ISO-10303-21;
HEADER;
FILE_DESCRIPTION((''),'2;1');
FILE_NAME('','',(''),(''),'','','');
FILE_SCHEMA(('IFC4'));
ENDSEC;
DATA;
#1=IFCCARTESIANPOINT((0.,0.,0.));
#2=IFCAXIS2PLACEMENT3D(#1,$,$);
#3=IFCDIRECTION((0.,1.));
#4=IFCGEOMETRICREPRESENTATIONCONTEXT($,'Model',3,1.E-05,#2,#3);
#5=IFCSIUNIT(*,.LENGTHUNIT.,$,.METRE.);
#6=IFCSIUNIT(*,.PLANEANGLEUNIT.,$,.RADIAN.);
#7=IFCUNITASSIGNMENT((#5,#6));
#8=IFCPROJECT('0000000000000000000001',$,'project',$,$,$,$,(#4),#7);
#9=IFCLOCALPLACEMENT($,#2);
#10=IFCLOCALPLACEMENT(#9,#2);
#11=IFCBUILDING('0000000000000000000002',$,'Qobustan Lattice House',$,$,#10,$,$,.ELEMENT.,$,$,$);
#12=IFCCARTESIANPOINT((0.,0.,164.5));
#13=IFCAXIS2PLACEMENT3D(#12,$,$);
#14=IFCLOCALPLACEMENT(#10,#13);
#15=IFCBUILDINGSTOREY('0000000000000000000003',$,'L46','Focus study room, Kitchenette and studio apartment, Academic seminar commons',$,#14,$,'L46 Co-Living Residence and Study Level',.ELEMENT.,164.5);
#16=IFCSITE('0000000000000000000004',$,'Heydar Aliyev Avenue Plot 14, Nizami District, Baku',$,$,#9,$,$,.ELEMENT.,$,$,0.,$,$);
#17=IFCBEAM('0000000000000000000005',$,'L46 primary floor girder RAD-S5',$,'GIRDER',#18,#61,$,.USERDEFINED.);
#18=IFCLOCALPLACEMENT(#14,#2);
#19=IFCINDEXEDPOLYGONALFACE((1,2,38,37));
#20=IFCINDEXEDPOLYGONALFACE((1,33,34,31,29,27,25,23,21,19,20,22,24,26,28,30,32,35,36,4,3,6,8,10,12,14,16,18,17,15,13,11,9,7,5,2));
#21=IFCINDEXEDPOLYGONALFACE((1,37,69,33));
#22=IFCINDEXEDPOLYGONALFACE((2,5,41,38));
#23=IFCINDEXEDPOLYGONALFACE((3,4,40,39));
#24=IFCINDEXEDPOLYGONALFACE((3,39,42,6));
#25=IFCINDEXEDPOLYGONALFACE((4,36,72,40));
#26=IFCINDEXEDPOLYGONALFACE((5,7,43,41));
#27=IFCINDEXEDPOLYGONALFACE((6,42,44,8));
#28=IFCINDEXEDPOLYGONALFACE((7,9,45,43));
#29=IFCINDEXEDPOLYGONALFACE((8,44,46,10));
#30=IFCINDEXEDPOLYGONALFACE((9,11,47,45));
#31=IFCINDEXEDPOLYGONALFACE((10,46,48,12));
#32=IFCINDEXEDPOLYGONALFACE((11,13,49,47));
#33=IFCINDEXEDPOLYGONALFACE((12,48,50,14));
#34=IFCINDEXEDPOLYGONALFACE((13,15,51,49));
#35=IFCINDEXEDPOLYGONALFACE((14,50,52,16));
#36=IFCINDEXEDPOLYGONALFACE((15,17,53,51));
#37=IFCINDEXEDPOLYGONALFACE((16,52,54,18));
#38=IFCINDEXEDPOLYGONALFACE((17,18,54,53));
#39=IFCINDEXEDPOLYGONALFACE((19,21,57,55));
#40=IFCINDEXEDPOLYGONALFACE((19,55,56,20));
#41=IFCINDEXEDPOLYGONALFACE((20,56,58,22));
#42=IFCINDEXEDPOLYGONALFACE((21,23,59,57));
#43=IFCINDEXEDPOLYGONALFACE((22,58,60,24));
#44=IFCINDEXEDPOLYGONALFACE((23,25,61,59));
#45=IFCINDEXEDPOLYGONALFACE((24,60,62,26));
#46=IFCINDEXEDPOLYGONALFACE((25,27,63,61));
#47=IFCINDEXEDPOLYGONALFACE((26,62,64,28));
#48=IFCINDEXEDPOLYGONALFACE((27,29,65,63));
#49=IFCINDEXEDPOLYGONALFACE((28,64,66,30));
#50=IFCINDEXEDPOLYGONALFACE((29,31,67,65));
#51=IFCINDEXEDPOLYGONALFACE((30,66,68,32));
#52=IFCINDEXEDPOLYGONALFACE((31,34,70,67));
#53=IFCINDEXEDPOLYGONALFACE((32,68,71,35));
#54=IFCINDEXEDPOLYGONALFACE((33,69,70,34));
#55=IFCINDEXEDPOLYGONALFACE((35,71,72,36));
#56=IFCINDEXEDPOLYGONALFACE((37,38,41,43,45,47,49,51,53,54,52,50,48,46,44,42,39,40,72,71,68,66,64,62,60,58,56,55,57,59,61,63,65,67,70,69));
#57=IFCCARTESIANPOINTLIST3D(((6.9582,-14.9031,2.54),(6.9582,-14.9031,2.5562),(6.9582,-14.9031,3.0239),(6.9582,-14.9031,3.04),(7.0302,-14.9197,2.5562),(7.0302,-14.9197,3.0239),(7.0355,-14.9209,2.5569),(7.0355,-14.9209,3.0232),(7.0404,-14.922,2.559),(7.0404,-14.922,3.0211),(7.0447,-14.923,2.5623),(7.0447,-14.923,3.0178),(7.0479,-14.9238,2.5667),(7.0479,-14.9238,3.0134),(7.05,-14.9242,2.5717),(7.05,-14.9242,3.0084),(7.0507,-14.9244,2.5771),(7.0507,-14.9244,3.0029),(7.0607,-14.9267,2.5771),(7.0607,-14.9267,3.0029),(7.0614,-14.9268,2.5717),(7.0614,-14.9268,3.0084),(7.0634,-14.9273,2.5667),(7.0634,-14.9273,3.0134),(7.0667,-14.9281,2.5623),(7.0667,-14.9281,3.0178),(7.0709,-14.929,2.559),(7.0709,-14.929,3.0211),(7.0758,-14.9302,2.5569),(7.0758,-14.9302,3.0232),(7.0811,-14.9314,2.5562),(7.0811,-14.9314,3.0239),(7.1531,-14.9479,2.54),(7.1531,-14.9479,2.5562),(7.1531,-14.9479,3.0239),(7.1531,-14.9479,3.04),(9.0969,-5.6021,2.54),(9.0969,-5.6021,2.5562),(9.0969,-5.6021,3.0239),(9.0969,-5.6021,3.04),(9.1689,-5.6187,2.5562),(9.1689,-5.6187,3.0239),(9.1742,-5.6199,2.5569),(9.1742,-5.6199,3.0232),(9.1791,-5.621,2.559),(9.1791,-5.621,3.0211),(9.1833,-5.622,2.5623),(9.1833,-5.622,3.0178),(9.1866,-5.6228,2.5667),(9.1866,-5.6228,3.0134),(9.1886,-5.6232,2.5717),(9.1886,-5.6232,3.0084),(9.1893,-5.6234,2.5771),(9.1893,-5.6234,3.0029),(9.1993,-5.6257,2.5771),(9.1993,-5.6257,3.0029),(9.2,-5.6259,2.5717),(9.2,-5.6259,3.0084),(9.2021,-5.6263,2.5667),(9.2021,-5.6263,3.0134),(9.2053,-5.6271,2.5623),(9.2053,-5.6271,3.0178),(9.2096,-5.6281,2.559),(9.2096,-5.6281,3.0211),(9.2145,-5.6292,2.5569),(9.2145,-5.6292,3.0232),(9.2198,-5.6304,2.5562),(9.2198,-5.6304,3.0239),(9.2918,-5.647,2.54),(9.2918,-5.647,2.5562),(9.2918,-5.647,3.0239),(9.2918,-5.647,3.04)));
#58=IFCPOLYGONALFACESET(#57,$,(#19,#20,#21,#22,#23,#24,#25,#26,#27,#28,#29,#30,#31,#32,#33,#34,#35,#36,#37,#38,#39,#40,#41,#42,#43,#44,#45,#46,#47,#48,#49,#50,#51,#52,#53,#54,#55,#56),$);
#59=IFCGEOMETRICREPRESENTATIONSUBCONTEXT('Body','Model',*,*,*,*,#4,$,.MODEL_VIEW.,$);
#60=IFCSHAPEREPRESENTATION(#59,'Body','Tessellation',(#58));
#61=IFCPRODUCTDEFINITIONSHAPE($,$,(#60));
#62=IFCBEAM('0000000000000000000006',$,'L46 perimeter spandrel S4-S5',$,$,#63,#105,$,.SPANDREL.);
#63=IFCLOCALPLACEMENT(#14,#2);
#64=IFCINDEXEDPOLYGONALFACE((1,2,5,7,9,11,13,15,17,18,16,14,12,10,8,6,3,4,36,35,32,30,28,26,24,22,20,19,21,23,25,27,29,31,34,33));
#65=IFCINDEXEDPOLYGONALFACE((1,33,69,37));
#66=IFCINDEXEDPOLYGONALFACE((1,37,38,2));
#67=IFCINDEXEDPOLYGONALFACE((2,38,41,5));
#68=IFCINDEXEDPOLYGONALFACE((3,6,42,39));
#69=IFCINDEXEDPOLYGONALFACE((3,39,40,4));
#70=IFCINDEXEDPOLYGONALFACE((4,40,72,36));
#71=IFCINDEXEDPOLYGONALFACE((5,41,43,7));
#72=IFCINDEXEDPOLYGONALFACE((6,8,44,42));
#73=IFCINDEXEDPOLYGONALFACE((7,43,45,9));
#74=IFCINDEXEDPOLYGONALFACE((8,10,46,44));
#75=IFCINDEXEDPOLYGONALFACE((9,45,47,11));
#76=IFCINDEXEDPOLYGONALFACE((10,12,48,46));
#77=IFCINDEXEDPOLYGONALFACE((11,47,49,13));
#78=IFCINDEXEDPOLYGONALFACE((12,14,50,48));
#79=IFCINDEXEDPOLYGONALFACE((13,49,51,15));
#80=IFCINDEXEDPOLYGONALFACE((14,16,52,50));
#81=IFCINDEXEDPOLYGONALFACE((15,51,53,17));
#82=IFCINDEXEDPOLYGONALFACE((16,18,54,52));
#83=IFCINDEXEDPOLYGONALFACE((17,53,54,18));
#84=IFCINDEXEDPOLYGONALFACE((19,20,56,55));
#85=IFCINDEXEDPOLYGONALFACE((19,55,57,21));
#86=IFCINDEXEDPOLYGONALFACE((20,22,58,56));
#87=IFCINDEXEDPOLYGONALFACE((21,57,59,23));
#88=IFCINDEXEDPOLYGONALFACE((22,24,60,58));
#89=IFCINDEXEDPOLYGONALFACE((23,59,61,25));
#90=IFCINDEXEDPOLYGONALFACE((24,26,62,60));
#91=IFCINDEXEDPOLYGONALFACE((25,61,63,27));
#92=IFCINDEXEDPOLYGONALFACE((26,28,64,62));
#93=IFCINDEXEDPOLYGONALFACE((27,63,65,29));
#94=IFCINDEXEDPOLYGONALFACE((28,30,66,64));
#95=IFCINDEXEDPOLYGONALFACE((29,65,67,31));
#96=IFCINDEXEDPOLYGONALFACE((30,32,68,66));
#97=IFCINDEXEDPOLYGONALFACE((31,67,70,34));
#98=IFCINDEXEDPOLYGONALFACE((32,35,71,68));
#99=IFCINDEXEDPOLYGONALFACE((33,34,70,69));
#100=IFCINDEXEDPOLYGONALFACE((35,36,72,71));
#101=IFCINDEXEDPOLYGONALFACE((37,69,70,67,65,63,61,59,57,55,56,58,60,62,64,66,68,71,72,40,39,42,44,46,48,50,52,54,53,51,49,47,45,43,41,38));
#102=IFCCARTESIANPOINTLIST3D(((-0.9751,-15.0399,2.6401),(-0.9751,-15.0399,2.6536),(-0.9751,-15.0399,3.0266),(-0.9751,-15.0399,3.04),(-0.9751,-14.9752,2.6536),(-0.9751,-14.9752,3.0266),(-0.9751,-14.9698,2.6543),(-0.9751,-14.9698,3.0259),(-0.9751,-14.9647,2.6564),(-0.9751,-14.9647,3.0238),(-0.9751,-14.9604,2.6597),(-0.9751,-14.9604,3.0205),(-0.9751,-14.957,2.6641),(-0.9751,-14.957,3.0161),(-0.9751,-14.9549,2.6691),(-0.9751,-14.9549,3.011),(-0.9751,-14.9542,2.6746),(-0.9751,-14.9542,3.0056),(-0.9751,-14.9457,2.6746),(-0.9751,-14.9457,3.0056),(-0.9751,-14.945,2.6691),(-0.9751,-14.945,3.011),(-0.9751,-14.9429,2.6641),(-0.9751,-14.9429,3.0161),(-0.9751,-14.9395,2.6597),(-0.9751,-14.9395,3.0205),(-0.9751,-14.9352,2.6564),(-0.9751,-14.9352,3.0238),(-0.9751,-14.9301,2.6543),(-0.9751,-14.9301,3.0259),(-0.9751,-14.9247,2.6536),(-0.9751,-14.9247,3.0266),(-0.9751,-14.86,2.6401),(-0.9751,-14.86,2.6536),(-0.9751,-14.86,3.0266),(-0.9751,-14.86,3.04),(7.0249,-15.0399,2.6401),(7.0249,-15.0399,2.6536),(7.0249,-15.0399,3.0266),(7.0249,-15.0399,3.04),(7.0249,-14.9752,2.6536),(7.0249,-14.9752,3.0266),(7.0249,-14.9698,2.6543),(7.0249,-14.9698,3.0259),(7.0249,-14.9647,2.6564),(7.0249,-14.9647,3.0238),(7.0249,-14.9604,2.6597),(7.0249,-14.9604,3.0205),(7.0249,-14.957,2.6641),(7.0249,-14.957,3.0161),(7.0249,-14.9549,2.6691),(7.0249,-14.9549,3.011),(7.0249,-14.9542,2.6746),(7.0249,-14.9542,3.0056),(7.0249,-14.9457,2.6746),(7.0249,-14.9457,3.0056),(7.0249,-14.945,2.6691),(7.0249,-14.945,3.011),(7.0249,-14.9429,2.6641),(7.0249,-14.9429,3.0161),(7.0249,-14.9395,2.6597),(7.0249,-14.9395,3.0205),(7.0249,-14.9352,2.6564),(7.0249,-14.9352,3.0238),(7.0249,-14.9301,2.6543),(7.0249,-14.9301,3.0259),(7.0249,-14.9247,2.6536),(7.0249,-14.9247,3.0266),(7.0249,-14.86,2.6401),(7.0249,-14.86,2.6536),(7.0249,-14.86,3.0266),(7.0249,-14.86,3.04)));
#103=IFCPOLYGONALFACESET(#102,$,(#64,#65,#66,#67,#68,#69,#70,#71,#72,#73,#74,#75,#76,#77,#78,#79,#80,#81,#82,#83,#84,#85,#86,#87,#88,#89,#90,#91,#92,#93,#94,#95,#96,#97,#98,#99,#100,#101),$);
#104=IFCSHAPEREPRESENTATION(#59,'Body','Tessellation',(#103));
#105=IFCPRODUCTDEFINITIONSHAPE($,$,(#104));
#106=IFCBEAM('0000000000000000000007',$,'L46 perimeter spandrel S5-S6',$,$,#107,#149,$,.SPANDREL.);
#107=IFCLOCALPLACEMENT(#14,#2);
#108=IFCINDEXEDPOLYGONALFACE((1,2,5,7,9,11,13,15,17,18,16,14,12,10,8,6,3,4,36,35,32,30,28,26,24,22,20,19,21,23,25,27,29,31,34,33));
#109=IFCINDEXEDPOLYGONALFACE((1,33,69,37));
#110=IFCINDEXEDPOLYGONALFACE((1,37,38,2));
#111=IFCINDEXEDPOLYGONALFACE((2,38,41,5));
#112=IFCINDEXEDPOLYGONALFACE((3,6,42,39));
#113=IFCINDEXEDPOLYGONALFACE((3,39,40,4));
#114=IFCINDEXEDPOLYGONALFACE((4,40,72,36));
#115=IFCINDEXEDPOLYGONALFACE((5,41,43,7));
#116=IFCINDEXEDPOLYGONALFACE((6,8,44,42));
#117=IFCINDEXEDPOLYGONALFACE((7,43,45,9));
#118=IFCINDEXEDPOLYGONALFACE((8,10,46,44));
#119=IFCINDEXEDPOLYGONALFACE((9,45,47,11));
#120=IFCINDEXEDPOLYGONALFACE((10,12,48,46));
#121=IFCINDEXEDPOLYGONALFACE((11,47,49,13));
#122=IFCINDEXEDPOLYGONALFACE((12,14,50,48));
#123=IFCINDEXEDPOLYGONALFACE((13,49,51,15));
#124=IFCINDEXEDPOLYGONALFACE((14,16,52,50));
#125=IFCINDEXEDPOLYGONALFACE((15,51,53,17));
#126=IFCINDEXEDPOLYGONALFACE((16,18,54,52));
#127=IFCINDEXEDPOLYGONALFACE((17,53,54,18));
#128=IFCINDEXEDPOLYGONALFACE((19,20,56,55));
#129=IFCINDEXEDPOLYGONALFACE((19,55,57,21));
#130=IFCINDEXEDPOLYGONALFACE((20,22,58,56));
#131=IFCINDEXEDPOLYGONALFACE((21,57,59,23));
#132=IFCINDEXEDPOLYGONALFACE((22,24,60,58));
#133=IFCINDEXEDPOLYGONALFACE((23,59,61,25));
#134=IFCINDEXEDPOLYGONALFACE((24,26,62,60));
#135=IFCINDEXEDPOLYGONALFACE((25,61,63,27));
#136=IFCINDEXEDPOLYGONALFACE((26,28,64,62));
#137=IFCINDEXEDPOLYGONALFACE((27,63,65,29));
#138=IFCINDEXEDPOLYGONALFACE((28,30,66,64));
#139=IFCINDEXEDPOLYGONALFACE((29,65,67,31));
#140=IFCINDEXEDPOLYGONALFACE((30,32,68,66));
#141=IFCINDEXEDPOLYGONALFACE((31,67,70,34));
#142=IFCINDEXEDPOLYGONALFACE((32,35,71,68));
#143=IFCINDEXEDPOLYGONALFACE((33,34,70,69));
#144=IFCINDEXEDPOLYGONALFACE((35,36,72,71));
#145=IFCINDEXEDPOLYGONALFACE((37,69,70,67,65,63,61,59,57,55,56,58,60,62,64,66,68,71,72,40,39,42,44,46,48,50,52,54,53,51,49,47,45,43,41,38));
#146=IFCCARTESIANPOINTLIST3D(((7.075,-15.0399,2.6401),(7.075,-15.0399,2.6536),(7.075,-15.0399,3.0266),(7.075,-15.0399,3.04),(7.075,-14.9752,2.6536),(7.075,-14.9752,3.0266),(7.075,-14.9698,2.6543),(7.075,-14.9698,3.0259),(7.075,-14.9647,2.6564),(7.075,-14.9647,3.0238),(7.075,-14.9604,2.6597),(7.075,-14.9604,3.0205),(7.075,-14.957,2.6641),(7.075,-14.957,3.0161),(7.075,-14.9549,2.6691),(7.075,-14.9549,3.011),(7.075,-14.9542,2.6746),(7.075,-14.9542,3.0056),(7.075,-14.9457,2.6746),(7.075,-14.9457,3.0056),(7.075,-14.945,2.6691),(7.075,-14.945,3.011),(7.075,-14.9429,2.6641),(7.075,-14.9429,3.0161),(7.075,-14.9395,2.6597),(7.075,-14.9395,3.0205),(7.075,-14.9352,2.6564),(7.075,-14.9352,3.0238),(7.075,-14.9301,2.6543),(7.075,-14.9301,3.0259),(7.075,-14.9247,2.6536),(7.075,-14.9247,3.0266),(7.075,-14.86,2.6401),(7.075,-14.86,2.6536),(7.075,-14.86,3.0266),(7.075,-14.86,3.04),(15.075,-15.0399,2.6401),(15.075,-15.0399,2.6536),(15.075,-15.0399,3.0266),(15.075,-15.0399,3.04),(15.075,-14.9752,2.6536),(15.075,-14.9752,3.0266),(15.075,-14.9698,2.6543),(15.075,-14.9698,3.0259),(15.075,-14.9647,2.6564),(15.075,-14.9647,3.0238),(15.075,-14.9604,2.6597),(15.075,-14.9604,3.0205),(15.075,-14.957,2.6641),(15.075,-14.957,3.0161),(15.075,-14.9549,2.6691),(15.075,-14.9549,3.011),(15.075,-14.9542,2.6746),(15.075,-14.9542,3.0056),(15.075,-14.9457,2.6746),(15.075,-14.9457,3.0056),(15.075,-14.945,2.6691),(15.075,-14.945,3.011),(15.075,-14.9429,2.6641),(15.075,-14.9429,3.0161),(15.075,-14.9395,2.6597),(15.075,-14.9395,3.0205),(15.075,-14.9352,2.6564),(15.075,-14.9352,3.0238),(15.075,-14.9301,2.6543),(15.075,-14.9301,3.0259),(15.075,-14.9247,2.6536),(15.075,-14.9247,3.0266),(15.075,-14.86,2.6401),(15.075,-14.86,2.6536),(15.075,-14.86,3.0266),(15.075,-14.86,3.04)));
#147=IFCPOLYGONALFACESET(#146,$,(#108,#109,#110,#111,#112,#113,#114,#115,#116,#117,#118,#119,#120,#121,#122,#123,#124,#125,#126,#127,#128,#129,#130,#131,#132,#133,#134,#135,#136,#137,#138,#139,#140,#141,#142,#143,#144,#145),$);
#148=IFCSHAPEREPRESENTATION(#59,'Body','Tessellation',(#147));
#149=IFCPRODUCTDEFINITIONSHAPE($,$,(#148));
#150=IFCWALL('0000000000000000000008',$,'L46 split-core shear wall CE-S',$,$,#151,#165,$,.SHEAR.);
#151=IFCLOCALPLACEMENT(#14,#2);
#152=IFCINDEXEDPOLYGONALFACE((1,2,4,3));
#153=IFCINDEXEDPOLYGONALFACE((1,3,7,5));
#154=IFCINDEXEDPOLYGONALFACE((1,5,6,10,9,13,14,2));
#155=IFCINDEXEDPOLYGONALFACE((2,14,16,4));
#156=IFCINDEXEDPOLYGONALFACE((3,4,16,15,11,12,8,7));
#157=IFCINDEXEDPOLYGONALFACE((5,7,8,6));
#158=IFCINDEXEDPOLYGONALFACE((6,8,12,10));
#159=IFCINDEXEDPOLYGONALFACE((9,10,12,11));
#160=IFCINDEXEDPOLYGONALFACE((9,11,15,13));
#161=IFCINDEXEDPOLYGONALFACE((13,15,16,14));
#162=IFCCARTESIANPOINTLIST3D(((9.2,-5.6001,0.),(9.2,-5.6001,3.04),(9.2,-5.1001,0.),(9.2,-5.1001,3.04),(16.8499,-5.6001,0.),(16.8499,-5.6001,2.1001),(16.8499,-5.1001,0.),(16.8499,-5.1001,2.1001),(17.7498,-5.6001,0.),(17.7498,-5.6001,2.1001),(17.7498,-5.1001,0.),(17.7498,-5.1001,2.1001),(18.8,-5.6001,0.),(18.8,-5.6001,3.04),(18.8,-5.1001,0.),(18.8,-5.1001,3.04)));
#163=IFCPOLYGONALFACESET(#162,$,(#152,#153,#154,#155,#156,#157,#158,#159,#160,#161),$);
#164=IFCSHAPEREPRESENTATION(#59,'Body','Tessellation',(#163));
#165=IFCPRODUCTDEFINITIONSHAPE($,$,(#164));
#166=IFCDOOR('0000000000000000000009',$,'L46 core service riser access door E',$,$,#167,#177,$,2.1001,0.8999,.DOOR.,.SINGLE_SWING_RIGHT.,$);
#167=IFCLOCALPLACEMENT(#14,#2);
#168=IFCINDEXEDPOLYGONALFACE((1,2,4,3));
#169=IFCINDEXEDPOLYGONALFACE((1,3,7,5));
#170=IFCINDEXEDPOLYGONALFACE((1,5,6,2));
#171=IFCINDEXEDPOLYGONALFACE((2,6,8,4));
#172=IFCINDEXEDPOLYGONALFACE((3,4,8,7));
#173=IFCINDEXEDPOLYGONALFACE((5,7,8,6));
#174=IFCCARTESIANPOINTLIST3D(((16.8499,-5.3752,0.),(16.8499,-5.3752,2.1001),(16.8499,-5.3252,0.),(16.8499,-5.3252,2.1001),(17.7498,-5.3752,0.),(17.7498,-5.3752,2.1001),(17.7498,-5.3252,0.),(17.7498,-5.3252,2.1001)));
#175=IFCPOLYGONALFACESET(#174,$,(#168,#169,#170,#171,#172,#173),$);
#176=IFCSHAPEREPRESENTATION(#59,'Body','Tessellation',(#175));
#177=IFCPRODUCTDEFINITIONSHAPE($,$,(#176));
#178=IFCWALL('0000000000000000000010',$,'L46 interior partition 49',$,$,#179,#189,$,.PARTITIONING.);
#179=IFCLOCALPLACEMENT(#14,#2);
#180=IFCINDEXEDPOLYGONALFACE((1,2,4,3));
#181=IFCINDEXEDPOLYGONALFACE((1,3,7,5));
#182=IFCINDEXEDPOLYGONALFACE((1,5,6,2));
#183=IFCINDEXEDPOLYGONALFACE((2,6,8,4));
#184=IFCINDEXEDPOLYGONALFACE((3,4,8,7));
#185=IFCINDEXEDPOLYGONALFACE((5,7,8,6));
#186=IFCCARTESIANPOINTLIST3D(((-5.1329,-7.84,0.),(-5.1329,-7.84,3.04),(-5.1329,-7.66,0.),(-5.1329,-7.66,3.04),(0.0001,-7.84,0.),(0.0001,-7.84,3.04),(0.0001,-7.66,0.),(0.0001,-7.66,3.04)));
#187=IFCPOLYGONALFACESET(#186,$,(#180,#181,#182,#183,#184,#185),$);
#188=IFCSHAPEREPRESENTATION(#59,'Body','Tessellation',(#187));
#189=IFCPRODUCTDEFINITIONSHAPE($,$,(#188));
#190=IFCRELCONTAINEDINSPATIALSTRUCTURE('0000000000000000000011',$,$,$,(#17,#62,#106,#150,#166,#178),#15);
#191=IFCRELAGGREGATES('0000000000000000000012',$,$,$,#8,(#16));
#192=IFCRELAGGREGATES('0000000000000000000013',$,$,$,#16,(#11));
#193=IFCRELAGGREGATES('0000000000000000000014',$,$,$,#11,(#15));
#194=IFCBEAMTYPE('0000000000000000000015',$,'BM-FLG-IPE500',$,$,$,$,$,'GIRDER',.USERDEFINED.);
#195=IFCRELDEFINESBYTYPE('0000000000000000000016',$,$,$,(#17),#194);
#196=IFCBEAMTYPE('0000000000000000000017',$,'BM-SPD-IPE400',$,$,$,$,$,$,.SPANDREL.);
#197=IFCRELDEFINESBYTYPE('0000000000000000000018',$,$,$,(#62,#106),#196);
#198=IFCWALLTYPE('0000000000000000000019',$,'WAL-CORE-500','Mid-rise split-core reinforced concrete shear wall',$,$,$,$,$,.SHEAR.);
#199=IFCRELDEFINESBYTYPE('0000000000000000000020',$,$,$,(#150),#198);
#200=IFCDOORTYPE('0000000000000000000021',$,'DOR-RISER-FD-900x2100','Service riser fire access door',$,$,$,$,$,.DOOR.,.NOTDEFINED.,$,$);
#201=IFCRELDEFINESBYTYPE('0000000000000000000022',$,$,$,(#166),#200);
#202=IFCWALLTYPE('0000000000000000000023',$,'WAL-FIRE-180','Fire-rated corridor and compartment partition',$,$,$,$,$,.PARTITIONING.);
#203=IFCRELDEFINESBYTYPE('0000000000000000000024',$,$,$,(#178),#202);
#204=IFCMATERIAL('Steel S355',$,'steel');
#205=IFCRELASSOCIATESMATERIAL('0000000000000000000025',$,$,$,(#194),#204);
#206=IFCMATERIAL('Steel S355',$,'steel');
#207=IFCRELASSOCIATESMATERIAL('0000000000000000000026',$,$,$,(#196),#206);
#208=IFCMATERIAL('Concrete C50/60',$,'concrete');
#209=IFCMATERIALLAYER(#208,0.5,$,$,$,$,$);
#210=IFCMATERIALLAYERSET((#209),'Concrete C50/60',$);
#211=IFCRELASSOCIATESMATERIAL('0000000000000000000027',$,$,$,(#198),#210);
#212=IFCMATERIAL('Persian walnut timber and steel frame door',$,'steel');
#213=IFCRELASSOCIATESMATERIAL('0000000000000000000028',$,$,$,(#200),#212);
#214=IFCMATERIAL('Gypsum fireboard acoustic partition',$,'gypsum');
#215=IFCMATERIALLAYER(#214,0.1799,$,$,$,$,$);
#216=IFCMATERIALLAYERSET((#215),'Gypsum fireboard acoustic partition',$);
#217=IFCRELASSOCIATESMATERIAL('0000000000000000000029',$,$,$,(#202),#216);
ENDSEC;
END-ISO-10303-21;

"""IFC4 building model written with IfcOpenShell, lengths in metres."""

from ifc_helpers import new_model, si_unit, direction, frame, frame_2d, origin, origin_2d, place, context, subcontext, project, spatial, rectangle, i_section, extrude, material, layer, layer_set, material_profile, profile_set, type_object, element, fill, save


model = new_model("IFC4")

# Units and contexts
model_context = context("Model", 3, precision=1e-05, world=origin(), true_north=direction((0.0, 1.0)))
body_context = subcontext(model_context, "Body", "Model", "MODEL_VIEW")
ifc_project = project(units=[si_unit("LENGTHUNIT", "METRE"), si_unit("PLANEANGLEUNIT", "RADIAN")], contexts=[model_context])

# Site, building, storey
site_placement = place(None, origin())
site = spatial("IfcSite", under=ifc_project, at=site_placement, Name="Heydar Aliyev Avenue Plot 14, Nizami District, Baku", CompositionType="ELEMENT", RefElevation=0.0)
building_placement = place(site_placement, origin())
building = spatial("IfcBuilding", under=site, at=building_placement, Name="Qobustan Lattice House", CompositionType="ELEMENT")
storey_placement = place(building_placement, frame((0.0, 0.0, 164.5)))
storey = spatial("IfcBuildingStorey", under=building, at=storey_placement, Name="L46", Description="Focus study room, Kitchenette and studio apartment, Academic seminar commons", LongName="L46 Co-Living Residence and Study Level", CompositionType="ELEMENT", Elevation=164.5)

# Beams
ifc_material_1 = material(Name="Steel S355", Category="steel")
ifc_material_profile_1 = material_profile(ifc_material_1, i_section(OverallWidth=0.2, OverallDepth=0.5, WebThickness=0.0103, FlangeThickness=0.0161, FilletRadius=0.021, at=origin_2d()), Name="IPE500")
ifc_profile_set_1 = profile_set([ifc_material_profile_1], Name="Steel S355")
beam_type_1 = type_object("IfcBeamType", Name="BM-FLG-IPE500", ElementType="GIRDER", PredefinedType="USERDEFINED", material=ifc_profile_set_1)
beam_1_placement = place(storey_placement, frame((7.0557, -14.9255, 2.79), z_axis=(0.224092, 0.974568, 0.0), x_axis=(-0.974568, 0.224092, 0.0)))
element("IfcBeam", 1, at=beam_1_placement, inside=storey, type_object=beam_type_1, Name="L46 primary floor girder RAD-S5", ObjectType="GIRDER", PredefinedType="USERDEFINED", context=body_context, shape_type="SweptSolid", body=[
    extrude(i_section(OverallWidth=0.2, OverallDepth=0.5, WebThickness=0.0103, FlangeThickness=0.0161, FilletRadius=0.021, at=origin_2d()), origin(), (0.0, 0.0, 1.0), 9.5437),
])
ifc_material_2 = material(Name="Steel S355", Category="steel")
ifc_material_profile_2 = material_profile(ifc_material_2, i_section(OverallWidth=0.1799, OverallDepth=0.3999, WebThickness=0.0085, FlangeThickness=0.0134, FilletRadius=0.021, at=origin_2d()), Name="IPE400")
ifc_profile_set_2 = profile_set([ifc_material_profile_2], Name="Steel S355")
beam_type_2 = type_object("IfcBeamType", Name="BM-SPD-IPE400", PredefinedType="SPANDREL", material=ifc_profile_set_2)
for number, where, z_axis, x_axis, name in (
    (2, (-0.9751, -14.95, 2.8401), (1.0, 0.0, 0.0), (0.0, 1.0, 0.0), "L46 perimeter spandrel S4-S5"),
    (3, (7.075, -14.95, 2.8401), (1.0, 0.0, 0.0), (0.0, 1.0, 0.0), "L46 perimeter spandrel S5-S6"),
):
    element("IfcBeam", number, at=place(storey_placement, frame(where, z_axis=z_axis, x_axis=x_axis)), inside=storey, type_object=beam_type_2, Name=name, PredefinedType="SPANDREL", context=body_context, shape_type="SweptSolid", body=[
        extrude(i_section(OverallWidth=0.1799, OverallDepth=0.3999, WebThickness=0.0085, FlangeThickness=0.0134, FilletRadius=0.021, at=origin_2d()), origin(), (0.0, 0.0, 1.0), 8.0),
    ])

# Wall, opening, door
ifc_material_3 = material(Name="Concrete C50/60", Category="concrete")
ifc_layer_1 = layer(ifc_material_3, 0.5)
ifc_layer_set_1 = layer_set([ifc_layer_1], Name="Concrete C50/60")
wall_type_1 = type_object("IfcWallType", Name="WAL-CORE-500", Description="Mid-rise split-core reinforced concrete shear wall", PredefinedType="SHEAR", material=ifc_layer_set_1)
wall_1_placement = place(storey_placement, frame((9.2, -5.3501, 0.0), z_axis=(0.0, 0.0, 1.0), x_axis=(1.0, 0.0, 0.0)))
wall_1 = element("IfcWall", 4, at=wall_1_placement, inside=storey, type_object=wall_type_1, Name="L46 split-core shear wall CE-S", PredefinedType="SHEAR", context=body_context, shape_type="SweptSolid", body=[
    extrude(rectangle(XDim=9.6001, YDim=0.5, at=frame_2d((4.8, 0.0))), origin(), (0.0, 0.0, 1.0), 3.04),
])
opening_1_placement = place(wall_1_placement, frame((7.6499, 0.0, 0.0)))
opening_1 = element("IfcOpeningElement", 5, at=opening_1_placement, cuts=wall_1, PredefinedType="OPENING", context=body_context, shape_type="SweptSolid", body=[
    extrude(rectangle(XDim=0.8999, YDim=2.1001, at=frame_2d((0.45, 1.05))), frame((0.0, 0.26, 0.0), z_axis=(0.0, -1.0, 0.0), x_axis=(1.0, 0.0, 0.0)), (0.0, 0.0, 1.0), 0.52),
])
ifc_material_4 = material(Name="Persian walnut timber and steel frame door", Category="steel")
door_type_1 = type_object("IfcDoorType", Name="DOR-RISER-FD-900x2100", Description="Service riser fire access door", OperationType="NOTDEFINED", PredefinedType="DOOR", material=ifc_material_4)
door_1_placement = place(opening_1_placement, origin())
door_1 = element("IfcDoor", 6, at=door_1_placement, inside=storey, type_object=door_type_1, Name="L46 core service riser access door E", OperationType="SINGLE_SWING_RIGHT", OverallHeight=2.1001, OverallWidth=0.8999, PredefinedType="DOOR", context=body_context, shape_type="SweptSolid", body=[
    extrude(rectangle(XDim=0.8999, YDim=2.1001, at=frame_2d((0.45, 1.05))), frame((0.0, 0.0249, 0.0), z_axis=(0.0, -1.0, 0.0), x_axis=(1.0, 0.0, 0.0)), (0.0, 0.0, 1.0), 0.05),
])
fill(opening_1, door_1)

# Wall
ifc_material_5 = material(Name="Gypsum fireboard acoustic partition", Category="gypsum")
ifc_layer_2 = layer(ifc_material_5, 0.1799)
ifc_layer_set_2 = layer_set([ifc_layer_2], Name="Gypsum fireboard acoustic partition")
wall_type_2 = type_object("IfcWallType", Name="WAL-FIRE-180", Description="Fire-rated corridor and compartment partition", PredefinedType="PARTITIONING", material=ifc_layer_set_2)
wall_2_placement = place(storey_placement, frame((0.0, -7.75, 0.0), z_axis=(0.0, 0.0, 1.0), x_axis=(-1.0, 0.0, 0.0)))
element("IfcWall", 7, at=wall_2_placement, inside=storey, type_object=wall_type_2, Name="L46 interior partition 49", PredefinedType="PARTITIONING", context=body_context, shape_type="SweptSolid", body=[
    extrude(rectangle(XDim=5.1331, YDim=0.1799, at=frame_2d((2.5664, 0.0))), origin(), (0.0, 0.0, 1.0), 3.04),
])

save(model, "model.ifc")
